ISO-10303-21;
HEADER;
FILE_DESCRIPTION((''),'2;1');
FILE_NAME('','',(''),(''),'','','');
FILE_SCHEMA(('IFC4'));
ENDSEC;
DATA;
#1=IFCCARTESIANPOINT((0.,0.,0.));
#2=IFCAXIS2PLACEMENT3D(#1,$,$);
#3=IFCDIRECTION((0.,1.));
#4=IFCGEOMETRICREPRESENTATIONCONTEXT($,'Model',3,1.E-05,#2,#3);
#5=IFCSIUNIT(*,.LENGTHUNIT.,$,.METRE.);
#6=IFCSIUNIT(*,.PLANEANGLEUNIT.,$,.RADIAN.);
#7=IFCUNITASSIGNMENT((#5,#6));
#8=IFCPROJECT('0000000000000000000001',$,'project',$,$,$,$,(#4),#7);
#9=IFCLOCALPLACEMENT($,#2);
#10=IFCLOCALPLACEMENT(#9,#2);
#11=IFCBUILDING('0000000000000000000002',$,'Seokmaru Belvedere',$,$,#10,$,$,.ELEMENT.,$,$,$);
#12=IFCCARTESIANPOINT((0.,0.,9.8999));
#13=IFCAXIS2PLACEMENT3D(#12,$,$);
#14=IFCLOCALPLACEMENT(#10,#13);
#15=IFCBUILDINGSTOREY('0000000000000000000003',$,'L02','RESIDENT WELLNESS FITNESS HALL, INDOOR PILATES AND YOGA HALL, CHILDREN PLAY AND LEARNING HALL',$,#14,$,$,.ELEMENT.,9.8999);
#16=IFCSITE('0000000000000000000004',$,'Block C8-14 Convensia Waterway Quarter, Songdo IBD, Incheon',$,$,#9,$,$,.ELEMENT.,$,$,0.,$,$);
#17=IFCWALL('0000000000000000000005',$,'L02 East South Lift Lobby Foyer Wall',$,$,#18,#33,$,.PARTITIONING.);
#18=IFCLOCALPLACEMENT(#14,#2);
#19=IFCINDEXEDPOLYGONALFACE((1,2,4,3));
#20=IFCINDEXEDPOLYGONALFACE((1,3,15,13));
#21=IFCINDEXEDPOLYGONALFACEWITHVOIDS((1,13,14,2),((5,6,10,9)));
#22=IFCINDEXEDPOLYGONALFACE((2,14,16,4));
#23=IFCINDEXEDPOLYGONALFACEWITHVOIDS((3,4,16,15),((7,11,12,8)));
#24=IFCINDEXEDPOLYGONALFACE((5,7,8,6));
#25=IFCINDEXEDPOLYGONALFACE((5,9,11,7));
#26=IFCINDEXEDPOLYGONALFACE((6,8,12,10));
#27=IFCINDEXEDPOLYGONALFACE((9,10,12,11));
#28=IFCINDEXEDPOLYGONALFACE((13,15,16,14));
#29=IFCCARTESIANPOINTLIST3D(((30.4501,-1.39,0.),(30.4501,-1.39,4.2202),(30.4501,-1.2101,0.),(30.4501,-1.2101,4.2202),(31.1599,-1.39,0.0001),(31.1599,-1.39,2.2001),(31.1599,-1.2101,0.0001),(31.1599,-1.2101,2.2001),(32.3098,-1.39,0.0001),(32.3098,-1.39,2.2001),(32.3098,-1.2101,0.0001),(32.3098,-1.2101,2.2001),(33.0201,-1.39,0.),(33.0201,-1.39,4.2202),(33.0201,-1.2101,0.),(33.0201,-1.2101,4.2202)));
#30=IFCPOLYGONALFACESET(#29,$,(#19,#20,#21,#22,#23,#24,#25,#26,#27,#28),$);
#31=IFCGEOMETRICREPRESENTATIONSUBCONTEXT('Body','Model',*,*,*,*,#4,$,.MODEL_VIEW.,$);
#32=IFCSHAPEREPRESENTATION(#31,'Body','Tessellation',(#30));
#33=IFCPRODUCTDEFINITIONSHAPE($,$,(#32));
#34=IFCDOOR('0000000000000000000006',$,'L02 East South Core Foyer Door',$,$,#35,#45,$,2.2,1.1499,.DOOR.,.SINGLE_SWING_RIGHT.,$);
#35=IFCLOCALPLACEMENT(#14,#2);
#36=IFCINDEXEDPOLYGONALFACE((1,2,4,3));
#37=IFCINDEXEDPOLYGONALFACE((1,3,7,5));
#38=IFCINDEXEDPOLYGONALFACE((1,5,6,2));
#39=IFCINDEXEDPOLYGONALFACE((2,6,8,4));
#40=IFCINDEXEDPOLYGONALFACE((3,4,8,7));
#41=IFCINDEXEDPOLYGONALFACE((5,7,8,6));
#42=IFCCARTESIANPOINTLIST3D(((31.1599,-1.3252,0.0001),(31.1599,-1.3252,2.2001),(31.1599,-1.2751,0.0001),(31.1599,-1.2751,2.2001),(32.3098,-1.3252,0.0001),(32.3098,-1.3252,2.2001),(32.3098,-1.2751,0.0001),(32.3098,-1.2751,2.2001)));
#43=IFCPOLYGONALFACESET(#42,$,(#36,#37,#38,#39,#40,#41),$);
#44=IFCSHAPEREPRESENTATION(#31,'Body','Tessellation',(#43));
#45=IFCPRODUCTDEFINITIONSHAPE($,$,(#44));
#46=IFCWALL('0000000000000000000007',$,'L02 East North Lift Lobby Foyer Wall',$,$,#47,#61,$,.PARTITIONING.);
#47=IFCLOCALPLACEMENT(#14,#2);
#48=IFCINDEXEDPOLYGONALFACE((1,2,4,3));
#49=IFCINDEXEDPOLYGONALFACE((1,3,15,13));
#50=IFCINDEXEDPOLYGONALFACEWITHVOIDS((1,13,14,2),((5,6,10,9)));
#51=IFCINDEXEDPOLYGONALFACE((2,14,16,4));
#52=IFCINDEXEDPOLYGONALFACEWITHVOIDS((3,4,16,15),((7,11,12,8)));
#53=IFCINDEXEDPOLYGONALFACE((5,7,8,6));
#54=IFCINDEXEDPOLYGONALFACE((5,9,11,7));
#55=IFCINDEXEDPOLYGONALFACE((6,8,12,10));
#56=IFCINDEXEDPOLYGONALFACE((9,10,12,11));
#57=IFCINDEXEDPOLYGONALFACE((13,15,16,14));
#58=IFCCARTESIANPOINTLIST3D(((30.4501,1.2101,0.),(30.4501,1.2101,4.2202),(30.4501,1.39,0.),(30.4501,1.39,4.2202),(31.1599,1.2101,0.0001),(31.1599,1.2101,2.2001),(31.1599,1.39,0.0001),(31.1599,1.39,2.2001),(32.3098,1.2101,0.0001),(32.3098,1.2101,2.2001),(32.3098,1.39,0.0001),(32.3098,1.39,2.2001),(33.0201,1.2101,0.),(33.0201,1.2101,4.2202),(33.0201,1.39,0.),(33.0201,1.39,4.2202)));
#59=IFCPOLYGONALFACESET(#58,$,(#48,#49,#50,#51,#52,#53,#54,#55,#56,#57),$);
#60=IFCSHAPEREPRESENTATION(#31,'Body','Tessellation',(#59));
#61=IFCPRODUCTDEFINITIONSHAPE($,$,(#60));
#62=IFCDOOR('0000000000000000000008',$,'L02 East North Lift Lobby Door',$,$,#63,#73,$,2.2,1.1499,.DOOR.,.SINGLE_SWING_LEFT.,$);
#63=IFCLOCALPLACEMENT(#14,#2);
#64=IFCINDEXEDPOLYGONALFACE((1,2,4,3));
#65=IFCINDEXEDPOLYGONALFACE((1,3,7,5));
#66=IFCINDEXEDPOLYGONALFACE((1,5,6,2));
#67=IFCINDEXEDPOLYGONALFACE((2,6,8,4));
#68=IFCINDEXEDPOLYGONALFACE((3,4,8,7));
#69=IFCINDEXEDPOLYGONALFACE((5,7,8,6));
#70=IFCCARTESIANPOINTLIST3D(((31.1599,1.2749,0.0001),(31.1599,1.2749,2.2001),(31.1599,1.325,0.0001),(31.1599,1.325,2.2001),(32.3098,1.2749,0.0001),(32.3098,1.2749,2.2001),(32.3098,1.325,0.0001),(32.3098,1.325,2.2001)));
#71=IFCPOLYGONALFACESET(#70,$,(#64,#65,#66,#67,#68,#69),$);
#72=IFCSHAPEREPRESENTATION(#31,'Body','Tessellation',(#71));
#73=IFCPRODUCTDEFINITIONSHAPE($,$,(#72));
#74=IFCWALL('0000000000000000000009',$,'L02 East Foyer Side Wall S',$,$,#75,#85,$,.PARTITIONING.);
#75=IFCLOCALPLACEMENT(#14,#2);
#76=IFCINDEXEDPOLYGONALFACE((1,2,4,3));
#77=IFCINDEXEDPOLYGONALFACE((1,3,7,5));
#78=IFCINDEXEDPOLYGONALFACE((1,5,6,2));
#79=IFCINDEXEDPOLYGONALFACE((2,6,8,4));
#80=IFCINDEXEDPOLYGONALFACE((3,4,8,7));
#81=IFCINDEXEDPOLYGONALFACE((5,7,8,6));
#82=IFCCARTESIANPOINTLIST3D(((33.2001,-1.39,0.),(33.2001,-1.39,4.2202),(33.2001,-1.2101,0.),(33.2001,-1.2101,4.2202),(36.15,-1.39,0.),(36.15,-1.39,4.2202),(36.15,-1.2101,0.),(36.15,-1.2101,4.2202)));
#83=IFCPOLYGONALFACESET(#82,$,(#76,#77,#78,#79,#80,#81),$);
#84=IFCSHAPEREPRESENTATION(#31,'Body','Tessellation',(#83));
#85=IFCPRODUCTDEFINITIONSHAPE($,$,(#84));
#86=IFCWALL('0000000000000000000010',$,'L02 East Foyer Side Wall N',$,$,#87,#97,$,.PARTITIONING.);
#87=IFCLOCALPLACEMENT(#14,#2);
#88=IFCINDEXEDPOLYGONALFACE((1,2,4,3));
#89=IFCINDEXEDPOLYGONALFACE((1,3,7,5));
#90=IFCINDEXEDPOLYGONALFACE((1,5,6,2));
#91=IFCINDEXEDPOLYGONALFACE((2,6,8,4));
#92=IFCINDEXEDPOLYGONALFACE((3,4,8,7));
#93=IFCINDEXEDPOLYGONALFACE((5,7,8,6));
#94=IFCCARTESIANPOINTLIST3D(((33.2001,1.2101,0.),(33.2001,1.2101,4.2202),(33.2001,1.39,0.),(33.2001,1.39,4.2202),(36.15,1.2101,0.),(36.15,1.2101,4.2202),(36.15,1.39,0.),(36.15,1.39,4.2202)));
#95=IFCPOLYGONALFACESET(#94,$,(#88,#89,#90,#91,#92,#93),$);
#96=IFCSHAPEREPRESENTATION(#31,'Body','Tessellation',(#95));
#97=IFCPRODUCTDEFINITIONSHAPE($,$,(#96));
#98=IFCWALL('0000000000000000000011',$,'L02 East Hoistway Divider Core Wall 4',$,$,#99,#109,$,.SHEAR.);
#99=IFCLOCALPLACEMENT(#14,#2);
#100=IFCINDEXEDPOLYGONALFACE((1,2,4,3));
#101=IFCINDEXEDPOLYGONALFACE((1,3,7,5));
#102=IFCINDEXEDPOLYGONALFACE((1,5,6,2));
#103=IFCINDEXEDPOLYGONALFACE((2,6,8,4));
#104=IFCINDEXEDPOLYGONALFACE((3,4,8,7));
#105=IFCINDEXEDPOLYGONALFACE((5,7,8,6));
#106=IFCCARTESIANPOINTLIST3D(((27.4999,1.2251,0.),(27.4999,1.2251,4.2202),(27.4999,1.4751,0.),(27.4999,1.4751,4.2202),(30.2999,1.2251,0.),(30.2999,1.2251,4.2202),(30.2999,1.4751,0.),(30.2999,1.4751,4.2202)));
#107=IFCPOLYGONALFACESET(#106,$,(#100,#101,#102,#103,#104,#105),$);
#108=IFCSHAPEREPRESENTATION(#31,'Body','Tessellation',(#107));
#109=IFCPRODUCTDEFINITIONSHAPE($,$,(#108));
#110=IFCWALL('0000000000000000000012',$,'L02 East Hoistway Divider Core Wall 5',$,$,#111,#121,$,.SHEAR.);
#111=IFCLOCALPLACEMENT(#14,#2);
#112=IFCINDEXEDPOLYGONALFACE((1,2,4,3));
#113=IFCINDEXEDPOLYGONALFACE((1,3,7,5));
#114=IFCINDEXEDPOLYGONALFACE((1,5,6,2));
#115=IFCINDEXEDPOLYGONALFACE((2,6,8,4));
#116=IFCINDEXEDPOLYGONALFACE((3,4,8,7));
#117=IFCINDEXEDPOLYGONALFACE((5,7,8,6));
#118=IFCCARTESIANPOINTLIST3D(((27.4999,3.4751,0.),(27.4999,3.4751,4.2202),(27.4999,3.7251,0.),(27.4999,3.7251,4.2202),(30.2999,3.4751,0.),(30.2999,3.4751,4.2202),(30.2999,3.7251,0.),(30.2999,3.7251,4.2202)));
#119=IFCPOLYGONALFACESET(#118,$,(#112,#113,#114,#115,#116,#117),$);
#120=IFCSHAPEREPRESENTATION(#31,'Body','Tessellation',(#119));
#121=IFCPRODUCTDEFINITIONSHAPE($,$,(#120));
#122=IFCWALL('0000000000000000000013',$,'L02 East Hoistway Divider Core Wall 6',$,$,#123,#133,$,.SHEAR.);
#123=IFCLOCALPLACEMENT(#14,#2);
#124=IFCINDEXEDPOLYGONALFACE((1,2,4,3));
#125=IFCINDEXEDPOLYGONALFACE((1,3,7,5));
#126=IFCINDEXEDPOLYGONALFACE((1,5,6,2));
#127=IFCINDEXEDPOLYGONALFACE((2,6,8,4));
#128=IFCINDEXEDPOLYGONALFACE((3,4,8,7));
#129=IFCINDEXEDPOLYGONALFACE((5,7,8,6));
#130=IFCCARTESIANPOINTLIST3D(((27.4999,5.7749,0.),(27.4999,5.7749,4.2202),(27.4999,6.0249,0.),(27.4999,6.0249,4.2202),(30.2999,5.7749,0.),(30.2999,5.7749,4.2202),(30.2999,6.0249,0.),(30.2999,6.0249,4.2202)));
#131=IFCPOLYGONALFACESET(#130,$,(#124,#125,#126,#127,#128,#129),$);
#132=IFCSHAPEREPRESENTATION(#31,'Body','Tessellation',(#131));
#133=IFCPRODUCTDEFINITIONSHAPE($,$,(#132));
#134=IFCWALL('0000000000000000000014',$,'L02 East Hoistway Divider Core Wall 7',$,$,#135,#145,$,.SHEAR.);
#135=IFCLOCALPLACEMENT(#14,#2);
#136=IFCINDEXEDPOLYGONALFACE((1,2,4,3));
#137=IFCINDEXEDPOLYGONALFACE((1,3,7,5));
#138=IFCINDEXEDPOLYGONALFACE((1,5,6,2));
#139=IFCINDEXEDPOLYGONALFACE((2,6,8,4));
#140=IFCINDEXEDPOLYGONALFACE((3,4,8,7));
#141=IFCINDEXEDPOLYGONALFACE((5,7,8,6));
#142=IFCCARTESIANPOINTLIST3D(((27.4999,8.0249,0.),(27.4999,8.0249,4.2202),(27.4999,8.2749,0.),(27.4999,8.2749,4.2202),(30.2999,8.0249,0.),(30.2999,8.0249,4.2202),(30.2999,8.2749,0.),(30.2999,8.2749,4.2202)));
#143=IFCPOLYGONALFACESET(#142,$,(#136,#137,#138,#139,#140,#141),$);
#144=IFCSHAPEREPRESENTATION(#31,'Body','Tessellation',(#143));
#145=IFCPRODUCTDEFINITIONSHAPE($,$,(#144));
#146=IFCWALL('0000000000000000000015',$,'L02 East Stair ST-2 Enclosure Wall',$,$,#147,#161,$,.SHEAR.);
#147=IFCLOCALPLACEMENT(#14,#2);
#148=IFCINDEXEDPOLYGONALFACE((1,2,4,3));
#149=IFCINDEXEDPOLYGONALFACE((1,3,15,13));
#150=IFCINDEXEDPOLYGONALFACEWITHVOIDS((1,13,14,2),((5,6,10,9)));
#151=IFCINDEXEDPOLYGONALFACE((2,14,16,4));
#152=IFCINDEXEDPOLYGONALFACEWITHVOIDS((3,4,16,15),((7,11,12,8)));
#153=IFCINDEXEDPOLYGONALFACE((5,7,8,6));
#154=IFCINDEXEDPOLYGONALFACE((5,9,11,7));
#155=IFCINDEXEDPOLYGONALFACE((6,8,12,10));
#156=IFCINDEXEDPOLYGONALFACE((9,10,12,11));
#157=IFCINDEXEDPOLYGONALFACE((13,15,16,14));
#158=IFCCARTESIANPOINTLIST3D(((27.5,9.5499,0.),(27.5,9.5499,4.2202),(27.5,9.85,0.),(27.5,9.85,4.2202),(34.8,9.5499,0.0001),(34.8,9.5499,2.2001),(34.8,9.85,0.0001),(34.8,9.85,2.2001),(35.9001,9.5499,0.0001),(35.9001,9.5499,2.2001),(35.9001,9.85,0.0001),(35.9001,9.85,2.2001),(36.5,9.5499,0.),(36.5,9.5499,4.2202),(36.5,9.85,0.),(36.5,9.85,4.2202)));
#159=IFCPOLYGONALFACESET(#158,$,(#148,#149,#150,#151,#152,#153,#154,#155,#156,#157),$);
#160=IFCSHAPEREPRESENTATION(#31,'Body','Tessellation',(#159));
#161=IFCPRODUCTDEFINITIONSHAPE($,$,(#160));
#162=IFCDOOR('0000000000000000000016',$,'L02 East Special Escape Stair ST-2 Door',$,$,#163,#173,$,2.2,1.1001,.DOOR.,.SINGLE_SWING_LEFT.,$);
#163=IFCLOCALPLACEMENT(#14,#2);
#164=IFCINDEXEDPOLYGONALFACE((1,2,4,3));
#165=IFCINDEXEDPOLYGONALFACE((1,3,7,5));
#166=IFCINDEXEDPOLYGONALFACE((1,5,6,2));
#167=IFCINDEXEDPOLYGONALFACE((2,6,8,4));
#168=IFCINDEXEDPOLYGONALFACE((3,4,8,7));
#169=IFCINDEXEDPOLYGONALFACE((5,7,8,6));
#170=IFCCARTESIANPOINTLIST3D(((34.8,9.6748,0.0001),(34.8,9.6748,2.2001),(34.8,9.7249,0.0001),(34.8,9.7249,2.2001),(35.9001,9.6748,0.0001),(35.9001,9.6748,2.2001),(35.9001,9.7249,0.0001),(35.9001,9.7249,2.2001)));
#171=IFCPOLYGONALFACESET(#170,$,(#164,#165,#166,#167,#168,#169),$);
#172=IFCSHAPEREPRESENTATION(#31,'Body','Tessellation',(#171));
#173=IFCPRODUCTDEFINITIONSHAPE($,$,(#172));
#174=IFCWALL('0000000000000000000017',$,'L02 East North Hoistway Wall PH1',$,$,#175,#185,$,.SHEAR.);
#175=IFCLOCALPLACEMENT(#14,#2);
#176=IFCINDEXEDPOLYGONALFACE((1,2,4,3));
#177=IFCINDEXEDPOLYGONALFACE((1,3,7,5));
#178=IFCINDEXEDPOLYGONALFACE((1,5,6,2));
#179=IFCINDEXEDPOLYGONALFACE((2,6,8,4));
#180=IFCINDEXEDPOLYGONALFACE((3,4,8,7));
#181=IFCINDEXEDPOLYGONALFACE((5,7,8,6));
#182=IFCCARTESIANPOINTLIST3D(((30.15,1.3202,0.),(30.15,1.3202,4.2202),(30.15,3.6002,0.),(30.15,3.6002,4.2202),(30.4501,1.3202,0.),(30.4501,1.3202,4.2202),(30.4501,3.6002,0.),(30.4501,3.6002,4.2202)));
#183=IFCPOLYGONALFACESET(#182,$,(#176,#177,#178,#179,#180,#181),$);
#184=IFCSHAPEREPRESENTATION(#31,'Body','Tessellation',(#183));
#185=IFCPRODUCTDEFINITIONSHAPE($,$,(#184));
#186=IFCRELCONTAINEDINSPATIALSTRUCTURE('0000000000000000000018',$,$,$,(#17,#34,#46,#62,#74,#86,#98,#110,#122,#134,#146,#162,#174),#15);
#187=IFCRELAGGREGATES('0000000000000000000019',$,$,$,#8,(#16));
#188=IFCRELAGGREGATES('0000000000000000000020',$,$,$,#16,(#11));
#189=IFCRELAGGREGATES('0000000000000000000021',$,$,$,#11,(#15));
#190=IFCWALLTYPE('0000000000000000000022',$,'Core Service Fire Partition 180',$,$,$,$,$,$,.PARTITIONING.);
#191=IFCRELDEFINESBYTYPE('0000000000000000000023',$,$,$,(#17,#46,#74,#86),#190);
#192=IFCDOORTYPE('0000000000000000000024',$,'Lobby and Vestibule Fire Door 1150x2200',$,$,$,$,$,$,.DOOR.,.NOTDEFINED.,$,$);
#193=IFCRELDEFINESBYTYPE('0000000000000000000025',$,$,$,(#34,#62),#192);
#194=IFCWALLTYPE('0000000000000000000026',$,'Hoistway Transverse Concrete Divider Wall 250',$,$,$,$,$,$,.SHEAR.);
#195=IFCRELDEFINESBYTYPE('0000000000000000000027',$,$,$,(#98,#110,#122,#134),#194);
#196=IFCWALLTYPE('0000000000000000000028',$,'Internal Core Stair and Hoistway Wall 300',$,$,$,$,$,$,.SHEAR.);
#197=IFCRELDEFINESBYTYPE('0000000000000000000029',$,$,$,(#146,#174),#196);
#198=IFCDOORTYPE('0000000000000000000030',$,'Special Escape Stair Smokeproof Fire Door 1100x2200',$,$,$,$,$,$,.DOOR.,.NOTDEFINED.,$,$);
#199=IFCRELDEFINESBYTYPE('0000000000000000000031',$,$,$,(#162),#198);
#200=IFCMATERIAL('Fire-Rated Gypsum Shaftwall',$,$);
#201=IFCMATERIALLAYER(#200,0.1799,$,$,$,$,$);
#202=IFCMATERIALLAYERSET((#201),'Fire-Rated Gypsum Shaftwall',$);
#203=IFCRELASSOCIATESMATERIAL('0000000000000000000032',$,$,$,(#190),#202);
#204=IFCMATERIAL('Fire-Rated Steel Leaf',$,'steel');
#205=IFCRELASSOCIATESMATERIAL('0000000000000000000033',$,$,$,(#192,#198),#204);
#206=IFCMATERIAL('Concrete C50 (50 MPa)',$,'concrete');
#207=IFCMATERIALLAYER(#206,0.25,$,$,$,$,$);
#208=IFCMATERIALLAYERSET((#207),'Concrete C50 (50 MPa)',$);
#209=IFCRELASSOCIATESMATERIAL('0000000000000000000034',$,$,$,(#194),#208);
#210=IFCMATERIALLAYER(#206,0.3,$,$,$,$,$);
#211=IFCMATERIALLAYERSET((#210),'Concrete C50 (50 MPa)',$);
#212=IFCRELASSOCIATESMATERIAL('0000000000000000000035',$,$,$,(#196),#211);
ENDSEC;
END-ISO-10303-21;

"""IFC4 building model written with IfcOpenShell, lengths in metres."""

from ifc_helpers import new_model, si_unit, direction, frame, frame_2d, origin, place, context, subcontext, project, spatial, rectangle, extrude, source, transform, mapped, material, layer, layer_set, type_object, type_shapes, element, fill, save


model = new_model("IFC4")

# Units and contexts
model_context = context("Model", 3, precision=1e-05, world=origin(), true_north=direction((0.0, 1.0)))
body_context = subcontext(model_context, "Body", "Model", "MODEL_VIEW")
ifc_project = project(units=[si_unit("LENGTHUNIT", "METRE"), si_unit("PLANEANGLEUNIT", "RADIAN")], contexts=[model_context])

# Site, building, storey
site_placement = place(None, origin())
site = spatial("IfcSite", under=ifc_project, at=site_placement, Name="Block C8-14 Convensia Waterway Quarter, Songdo IBD, Incheon", CompositionType="ELEMENT", RefElevation=0.0)
building_placement = place(site_placement, origin())
building = spatial("IfcBuilding", under=site, at=building_placement, Name="Seokmaru Belvedere", CompositionType="ELEMENT")
storey_placement = place(building_placement, frame((0.0, 0.0, 9.8999)))
storey = spatial("IfcBuildingStorey", under=building, at=storey_placement, Name="L02", Description="RESIDENT WELLNESS FITNESS HALL, INDOOR PILATES AND YOGA HALL, CHILDREN PLAY AND LEARNING HALL", CompositionType="ELEMENT", Elevation=9.8999)

# Shared definitions
ifc_material_1 = material(Name="Concrete C50 (50 MPa)", Category="concrete")

# Shared definitions
ifc_material_2 = material(Name="Fire-Rated Gypsum Shaftwall")
ifc_layer_1 = layer(ifc_material_2, 0.1799)
ifc_layer_set_1 = layer_set([ifc_layer_1], Name="Fire-Rated Gypsum Shaftwall")
wall_type_1 = type_object("IfcWallType", Name="Core Service Fire Partition 180", PredefinedType="PARTITIONING", material=ifc_layer_set_1)

# Walls, openings, doors
wall_1_placement = place(storey_placement, frame((30.45, -1.3, 0.0), z_axis=(0.0, 0.0, 1.0), x_axis=(1.0, 0.0, 0.0)))
wall_1 = element("IfcWall", 1, at=wall_1_placement, inside=storey, type_object=wall_type_1, Name="L02 East South Lift Lobby Foyer Wall", PredefinedType="PARTITIONING", context=body_context, shape_type="SweptSolid", body=[
    extrude(rectangle(XDim=2.5701, YDim=0.1799, at=frame_2d((1.2852, 0.0))), origin(), (0.0, 0.0, 1.0), 4.2202),
])
opening_1_placement = place(wall_1_placement, frame((0.71, 0.0, 0.0)))
opening_1 = element("IfcOpeningElement", 2, at=opening_1_placement, cuts=wall_1, PredefinedType="OPENING", context=body_context, shape_type="SweptSolid", body=[
    extrude(rectangle(XDim=1.1499, YDim=2.2, at=frame_2d((0.575, 1.1001))), frame((0.0, 0.1001, 0.0), z_axis=(0.0, -1.0, 0.0), x_axis=(1.0, 0.0, 0.0)), (0.0, 0.0, 1.0), 0.2),
])
ifc_material_3 = material(Name="Fire-Rated Steel Leaf", Category="steel")
door_type_1 = type_object("IfcDoorType", Name="Lobby and Vestibule Fire Door 1150x2200", OperationType="NOTDEFINED", PredefinedType="DOOR", material=ifc_material_3)
shared_shape_1 = source(origin(), body_context, "Body", "SweptSolid", [
    extrude(rectangle(XDim=1.1499, YDim=2.2, at=frame_2d((0.575, 1.1001))), frame((0.0, 0.0249, 0.0), z_axis=(0.0, -1.0, 0.0), x_axis=(1.0, 0.0, 0.0)), (0.0, 0.0, 1.0), 0.05),
])
type_shapes(door_type_1, [shared_shape_1])
door_1_placement = place(opening_1_placement, origin())
door_1 = element("IfcDoor", 3, at=door_1_placement, inside=storey, type_object=door_type_1, Name="L02 East South Core Foyer Door", OperationType="SINGLE_SWING_RIGHT", OverallHeight=2.2, OverallWidth=1.1499, PredefinedType="DOOR", context=body_context, shape_type="MappedRepresentation", body=[
    mapped(shared_shape_1, transform((0.0, 0.0, 0.0), scale=1.0)),
])
fill(opening_1, door_1)
wall_2_placement = place(storey_placement, frame((30.45, 1.3, 0.0), z_axis=(0.0, 0.0, 1.0), x_axis=(1.0, 0.0, 0.0)))
wall_2 = element("IfcWall", 4, at=wall_2_placement, inside=storey, type_object=wall_type_1, Name="L02 East North Lift Lobby Foyer Wall", PredefinedType="PARTITIONING", context=body_context, shape_type="SweptSolid", body=[
    extrude(rectangle(XDim=2.5701, YDim=0.1799, at=frame_2d((1.2852, 0.0))), origin(), (0.0, 0.0, 1.0), 4.2202),
])
opening_2_placement = place(wall_2_placement, frame((0.71, 0.0, 0.0)))
opening_2 = element("IfcOpeningElement", 5, at=opening_2_placement, cuts=wall_2, PredefinedType="OPENING", context=body_context, shape_type="SweptSolid", body=[
    extrude(rectangle(XDim=1.1499, YDim=2.2, at=frame_2d((0.575, 1.1001))), frame((0.0, 0.1001, 0.0), z_axis=(0.0, -1.0, 0.0), x_axis=(1.0, 0.0, 0.0)), (0.0, 0.0, 1.0), 0.2),
])
door_2_placement = place(opening_2_placement, origin())
door_2 = element("IfcDoor", 6, at=door_2_placement, inside=storey, type_object=door_type_1, Name="L02 East North Lift Lobby Door", OperationType="SINGLE_SWING_LEFT", OverallHeight=2.2, OverallWidth=1.1499, PredefinedType="DOOR", context=body_context, shape_type="MappedRepresentation", body=[
    mapped(shared_shape_1, transform((0.0, 0.0, 0.0), scale=1.0)),
])
fill(opening_2, door_2)

# Walls
for number, where, z_axis, x_axis, name in (
    (7, (33.2, -1.3, 0.0), (0.0, 0.0, 1.0), (1.0, 0.0, 0.0), "L02 East Foyer Side Wall S"),
    (8, (33.2, 1.3, 0.0), (0.0, 0.0, 1.0), (1.0, 0.0, 0.0), "L02 East Foyer Side Wall N"),
):
    element("IfcWall", number, at=place(storey_placement, frame(where, z_axis=z_axis, x_axis=x_axis)), inside=storey, type_object=wall_type_1, Name=name, PredefinedType="PARTITIONING", context=body_context, shape_type="SweptSolid", body=[
        extrude(rectangle(XDim=2.95, YDim=0.1799, at=frame_2d((1.4751, 0.0))), origin(), (0.0, 0.0, 1.0), 4.2202),
    ])
ifc_layer_2 = layer(ifc_material_1, 0.25)
ifc_layer_set_2 = layer_set([ifc_layer_2], Name="Concrete C50 (50 MPa)")
wall_type_2 = type_object("IfcWallType", Name="Hoistway Transverse Concrete Divider Wall 250", PredefinedType="SHEAR", material=ifc_layer_set_2)
for number, where, z_axis, x_axis, name in (
    (9, (27.5, 1.3501, 0.0), (0.0, 0.0, 1.0), (1.0, 0.0, 0.0), "L02 East Hoistway Divider Core Wall 4"),
    (10, (27.5, 3.6001, 0.0), (0.0, 0.0, 1.0), (1.0, 0.0, 0.0), "L02 East Hoistway Divider Core Wall 5"),
    (11, (27.5, 5.8999, 0.0), (0.0, 0.0, 1.0), (1.0, 0.0, 0.0), "L02 East Hoistway Divider Core Wall 6"),
    (12, (27.5, 8.1499, 0.0), (0.0, 0.0, 1.0), (1.0, 0.0, 0.0), "L02 East Hoistway Divider Core Wall 7"),
):
    element("IfcWall", number, at=place(storey_placement, frame(where, z_axis=z_axis, x_axis=x_axis)), inside=storey, type_object=wall_type_2, Name=name, PredefinedType="SHEAR", context=body_context, shape_type="SweptSolid", body=[
        extrude(rectangle(XDim=2.8, YDim=0.25, at=frame_2d((1.3999, 0.0))), origin(), (0.0, 0.0, 1.0), 4.2202),
    ])

# Wall, opening, door
ifc_layer_3 = layer(ifc_material_1, 0.3)
ifc_layer_set_3 = layer_set([ifc_layer_3], Name="Concrete C50 (50 MPa)")
wall_type_3 = type_object("IfcWallType", Name="Internal Core Stair and Hoistway Wall 300", PredefinedType="SHEAR", material=ifc_layer_set_3)
wall_3_placement = place(storey_placement, frame((27.5, 9.7, 0.0), z_axis=(0.0, 0.0, 1.0), x_axis=(1.0, 0.0, 0.0)))
wall_3 = element("IfcWall", 13, at=wall_3_placement, inside=storey, type_object=wall_type_3, Name="L02 East Stair ST-2 Enclosure Wall", PredefinedType="SHEAR", context=body_context, shape_type="SweptSolid", body=[
    extrude(rectangle(XDim=9.0, YDim=0.3, at=frame_2d((4.5, 0.0))), origin(), (0.0, 0.0, 1.0), 4.2202),
])
opening_3_placement = place(wall_3_placement, frame((7.3, 0.0, 0.0)))
opening_3 = element("IfcOpeningElement", 14, at=opening_3_placement, cuts=wall_3, PredefinedType="OPENING", context=body_context, shape_type="SweptSolid", body=[
    extrude(rectangle(XDim=1.1001, YDim=2.2, at=frame_2d((0.55, 1.1001))), frame((0.0, 0.1602, 0.0), z_axis=(0.0, -1.0, 0.0), x_axis=(1.0, 0.0, 0.0)), (0.0, 0.0, 1.0), 0.3201),
])
door_type_2 = type_object("IfcDoorType", Name="Special Escape Stair Smokeproof Fire Door 1100x2200", OperationType="NOTDEFINED", PredefinedType="DOOR", material=ifc_material_3)
shared_shape_2 = source(origin(), body_context, "Body", "SweptSolid", [
    extrude(rectangle(XDim=1.1001, YDim=2.2, at=frame_2d((0.55, 1.1001))), frame((0.0, 0.0249, 0.0), z_axis=(0.0, -1.0, 0.0), x_axis=(1.0, 0.0, 0.0)), (0.0, 0.0, 1.0), 0.05),
])
type_shapes(door_type_2, [shared_shape_2])
door_3_placement = place(opening_3_placement, origin())
door_3 = element("IfcDoor", 15, at=door_3_placement, inside=storey, type_object=door_type_2, Name="L02 East Special Escape Stair ST-2 Door", OperationType="SINGLE_SWING_LEFT", OverallHeight=2.2, OverallWidth=1.1001, PredefinedType="DOOR", context=body_context, shape_type="MappedRepresentation", body=[
    mapped(shared_shape_2, transform((0.0, 0.0, 0.0), scale=1.0)),
])
fill(opening_3, door_3)

# Wall
wall_4_placement = place(storey_placement, frame((30.3, 1.3201, 0.0), z_axis=(0.0, 0.0, 1.0), x_axis=(0.0, 1.0, 0.0)))
element("IfcWall", 16, at=wall_4_placement, inside=storey, type_object=wall_type_3, Name="L02 East North Hoistway Wall PH1", PredefinedType="SHEAR", context=body_context, shape_type="SweptSolid", body=[
    extrude(rectangle(XDim=2.28, YDim=0.3, at=frame_2d((1.1401, 0.0))), origin(), (0.0, 0.0, 1.0), 4.2202),
])

save(model, "model.ifc")
